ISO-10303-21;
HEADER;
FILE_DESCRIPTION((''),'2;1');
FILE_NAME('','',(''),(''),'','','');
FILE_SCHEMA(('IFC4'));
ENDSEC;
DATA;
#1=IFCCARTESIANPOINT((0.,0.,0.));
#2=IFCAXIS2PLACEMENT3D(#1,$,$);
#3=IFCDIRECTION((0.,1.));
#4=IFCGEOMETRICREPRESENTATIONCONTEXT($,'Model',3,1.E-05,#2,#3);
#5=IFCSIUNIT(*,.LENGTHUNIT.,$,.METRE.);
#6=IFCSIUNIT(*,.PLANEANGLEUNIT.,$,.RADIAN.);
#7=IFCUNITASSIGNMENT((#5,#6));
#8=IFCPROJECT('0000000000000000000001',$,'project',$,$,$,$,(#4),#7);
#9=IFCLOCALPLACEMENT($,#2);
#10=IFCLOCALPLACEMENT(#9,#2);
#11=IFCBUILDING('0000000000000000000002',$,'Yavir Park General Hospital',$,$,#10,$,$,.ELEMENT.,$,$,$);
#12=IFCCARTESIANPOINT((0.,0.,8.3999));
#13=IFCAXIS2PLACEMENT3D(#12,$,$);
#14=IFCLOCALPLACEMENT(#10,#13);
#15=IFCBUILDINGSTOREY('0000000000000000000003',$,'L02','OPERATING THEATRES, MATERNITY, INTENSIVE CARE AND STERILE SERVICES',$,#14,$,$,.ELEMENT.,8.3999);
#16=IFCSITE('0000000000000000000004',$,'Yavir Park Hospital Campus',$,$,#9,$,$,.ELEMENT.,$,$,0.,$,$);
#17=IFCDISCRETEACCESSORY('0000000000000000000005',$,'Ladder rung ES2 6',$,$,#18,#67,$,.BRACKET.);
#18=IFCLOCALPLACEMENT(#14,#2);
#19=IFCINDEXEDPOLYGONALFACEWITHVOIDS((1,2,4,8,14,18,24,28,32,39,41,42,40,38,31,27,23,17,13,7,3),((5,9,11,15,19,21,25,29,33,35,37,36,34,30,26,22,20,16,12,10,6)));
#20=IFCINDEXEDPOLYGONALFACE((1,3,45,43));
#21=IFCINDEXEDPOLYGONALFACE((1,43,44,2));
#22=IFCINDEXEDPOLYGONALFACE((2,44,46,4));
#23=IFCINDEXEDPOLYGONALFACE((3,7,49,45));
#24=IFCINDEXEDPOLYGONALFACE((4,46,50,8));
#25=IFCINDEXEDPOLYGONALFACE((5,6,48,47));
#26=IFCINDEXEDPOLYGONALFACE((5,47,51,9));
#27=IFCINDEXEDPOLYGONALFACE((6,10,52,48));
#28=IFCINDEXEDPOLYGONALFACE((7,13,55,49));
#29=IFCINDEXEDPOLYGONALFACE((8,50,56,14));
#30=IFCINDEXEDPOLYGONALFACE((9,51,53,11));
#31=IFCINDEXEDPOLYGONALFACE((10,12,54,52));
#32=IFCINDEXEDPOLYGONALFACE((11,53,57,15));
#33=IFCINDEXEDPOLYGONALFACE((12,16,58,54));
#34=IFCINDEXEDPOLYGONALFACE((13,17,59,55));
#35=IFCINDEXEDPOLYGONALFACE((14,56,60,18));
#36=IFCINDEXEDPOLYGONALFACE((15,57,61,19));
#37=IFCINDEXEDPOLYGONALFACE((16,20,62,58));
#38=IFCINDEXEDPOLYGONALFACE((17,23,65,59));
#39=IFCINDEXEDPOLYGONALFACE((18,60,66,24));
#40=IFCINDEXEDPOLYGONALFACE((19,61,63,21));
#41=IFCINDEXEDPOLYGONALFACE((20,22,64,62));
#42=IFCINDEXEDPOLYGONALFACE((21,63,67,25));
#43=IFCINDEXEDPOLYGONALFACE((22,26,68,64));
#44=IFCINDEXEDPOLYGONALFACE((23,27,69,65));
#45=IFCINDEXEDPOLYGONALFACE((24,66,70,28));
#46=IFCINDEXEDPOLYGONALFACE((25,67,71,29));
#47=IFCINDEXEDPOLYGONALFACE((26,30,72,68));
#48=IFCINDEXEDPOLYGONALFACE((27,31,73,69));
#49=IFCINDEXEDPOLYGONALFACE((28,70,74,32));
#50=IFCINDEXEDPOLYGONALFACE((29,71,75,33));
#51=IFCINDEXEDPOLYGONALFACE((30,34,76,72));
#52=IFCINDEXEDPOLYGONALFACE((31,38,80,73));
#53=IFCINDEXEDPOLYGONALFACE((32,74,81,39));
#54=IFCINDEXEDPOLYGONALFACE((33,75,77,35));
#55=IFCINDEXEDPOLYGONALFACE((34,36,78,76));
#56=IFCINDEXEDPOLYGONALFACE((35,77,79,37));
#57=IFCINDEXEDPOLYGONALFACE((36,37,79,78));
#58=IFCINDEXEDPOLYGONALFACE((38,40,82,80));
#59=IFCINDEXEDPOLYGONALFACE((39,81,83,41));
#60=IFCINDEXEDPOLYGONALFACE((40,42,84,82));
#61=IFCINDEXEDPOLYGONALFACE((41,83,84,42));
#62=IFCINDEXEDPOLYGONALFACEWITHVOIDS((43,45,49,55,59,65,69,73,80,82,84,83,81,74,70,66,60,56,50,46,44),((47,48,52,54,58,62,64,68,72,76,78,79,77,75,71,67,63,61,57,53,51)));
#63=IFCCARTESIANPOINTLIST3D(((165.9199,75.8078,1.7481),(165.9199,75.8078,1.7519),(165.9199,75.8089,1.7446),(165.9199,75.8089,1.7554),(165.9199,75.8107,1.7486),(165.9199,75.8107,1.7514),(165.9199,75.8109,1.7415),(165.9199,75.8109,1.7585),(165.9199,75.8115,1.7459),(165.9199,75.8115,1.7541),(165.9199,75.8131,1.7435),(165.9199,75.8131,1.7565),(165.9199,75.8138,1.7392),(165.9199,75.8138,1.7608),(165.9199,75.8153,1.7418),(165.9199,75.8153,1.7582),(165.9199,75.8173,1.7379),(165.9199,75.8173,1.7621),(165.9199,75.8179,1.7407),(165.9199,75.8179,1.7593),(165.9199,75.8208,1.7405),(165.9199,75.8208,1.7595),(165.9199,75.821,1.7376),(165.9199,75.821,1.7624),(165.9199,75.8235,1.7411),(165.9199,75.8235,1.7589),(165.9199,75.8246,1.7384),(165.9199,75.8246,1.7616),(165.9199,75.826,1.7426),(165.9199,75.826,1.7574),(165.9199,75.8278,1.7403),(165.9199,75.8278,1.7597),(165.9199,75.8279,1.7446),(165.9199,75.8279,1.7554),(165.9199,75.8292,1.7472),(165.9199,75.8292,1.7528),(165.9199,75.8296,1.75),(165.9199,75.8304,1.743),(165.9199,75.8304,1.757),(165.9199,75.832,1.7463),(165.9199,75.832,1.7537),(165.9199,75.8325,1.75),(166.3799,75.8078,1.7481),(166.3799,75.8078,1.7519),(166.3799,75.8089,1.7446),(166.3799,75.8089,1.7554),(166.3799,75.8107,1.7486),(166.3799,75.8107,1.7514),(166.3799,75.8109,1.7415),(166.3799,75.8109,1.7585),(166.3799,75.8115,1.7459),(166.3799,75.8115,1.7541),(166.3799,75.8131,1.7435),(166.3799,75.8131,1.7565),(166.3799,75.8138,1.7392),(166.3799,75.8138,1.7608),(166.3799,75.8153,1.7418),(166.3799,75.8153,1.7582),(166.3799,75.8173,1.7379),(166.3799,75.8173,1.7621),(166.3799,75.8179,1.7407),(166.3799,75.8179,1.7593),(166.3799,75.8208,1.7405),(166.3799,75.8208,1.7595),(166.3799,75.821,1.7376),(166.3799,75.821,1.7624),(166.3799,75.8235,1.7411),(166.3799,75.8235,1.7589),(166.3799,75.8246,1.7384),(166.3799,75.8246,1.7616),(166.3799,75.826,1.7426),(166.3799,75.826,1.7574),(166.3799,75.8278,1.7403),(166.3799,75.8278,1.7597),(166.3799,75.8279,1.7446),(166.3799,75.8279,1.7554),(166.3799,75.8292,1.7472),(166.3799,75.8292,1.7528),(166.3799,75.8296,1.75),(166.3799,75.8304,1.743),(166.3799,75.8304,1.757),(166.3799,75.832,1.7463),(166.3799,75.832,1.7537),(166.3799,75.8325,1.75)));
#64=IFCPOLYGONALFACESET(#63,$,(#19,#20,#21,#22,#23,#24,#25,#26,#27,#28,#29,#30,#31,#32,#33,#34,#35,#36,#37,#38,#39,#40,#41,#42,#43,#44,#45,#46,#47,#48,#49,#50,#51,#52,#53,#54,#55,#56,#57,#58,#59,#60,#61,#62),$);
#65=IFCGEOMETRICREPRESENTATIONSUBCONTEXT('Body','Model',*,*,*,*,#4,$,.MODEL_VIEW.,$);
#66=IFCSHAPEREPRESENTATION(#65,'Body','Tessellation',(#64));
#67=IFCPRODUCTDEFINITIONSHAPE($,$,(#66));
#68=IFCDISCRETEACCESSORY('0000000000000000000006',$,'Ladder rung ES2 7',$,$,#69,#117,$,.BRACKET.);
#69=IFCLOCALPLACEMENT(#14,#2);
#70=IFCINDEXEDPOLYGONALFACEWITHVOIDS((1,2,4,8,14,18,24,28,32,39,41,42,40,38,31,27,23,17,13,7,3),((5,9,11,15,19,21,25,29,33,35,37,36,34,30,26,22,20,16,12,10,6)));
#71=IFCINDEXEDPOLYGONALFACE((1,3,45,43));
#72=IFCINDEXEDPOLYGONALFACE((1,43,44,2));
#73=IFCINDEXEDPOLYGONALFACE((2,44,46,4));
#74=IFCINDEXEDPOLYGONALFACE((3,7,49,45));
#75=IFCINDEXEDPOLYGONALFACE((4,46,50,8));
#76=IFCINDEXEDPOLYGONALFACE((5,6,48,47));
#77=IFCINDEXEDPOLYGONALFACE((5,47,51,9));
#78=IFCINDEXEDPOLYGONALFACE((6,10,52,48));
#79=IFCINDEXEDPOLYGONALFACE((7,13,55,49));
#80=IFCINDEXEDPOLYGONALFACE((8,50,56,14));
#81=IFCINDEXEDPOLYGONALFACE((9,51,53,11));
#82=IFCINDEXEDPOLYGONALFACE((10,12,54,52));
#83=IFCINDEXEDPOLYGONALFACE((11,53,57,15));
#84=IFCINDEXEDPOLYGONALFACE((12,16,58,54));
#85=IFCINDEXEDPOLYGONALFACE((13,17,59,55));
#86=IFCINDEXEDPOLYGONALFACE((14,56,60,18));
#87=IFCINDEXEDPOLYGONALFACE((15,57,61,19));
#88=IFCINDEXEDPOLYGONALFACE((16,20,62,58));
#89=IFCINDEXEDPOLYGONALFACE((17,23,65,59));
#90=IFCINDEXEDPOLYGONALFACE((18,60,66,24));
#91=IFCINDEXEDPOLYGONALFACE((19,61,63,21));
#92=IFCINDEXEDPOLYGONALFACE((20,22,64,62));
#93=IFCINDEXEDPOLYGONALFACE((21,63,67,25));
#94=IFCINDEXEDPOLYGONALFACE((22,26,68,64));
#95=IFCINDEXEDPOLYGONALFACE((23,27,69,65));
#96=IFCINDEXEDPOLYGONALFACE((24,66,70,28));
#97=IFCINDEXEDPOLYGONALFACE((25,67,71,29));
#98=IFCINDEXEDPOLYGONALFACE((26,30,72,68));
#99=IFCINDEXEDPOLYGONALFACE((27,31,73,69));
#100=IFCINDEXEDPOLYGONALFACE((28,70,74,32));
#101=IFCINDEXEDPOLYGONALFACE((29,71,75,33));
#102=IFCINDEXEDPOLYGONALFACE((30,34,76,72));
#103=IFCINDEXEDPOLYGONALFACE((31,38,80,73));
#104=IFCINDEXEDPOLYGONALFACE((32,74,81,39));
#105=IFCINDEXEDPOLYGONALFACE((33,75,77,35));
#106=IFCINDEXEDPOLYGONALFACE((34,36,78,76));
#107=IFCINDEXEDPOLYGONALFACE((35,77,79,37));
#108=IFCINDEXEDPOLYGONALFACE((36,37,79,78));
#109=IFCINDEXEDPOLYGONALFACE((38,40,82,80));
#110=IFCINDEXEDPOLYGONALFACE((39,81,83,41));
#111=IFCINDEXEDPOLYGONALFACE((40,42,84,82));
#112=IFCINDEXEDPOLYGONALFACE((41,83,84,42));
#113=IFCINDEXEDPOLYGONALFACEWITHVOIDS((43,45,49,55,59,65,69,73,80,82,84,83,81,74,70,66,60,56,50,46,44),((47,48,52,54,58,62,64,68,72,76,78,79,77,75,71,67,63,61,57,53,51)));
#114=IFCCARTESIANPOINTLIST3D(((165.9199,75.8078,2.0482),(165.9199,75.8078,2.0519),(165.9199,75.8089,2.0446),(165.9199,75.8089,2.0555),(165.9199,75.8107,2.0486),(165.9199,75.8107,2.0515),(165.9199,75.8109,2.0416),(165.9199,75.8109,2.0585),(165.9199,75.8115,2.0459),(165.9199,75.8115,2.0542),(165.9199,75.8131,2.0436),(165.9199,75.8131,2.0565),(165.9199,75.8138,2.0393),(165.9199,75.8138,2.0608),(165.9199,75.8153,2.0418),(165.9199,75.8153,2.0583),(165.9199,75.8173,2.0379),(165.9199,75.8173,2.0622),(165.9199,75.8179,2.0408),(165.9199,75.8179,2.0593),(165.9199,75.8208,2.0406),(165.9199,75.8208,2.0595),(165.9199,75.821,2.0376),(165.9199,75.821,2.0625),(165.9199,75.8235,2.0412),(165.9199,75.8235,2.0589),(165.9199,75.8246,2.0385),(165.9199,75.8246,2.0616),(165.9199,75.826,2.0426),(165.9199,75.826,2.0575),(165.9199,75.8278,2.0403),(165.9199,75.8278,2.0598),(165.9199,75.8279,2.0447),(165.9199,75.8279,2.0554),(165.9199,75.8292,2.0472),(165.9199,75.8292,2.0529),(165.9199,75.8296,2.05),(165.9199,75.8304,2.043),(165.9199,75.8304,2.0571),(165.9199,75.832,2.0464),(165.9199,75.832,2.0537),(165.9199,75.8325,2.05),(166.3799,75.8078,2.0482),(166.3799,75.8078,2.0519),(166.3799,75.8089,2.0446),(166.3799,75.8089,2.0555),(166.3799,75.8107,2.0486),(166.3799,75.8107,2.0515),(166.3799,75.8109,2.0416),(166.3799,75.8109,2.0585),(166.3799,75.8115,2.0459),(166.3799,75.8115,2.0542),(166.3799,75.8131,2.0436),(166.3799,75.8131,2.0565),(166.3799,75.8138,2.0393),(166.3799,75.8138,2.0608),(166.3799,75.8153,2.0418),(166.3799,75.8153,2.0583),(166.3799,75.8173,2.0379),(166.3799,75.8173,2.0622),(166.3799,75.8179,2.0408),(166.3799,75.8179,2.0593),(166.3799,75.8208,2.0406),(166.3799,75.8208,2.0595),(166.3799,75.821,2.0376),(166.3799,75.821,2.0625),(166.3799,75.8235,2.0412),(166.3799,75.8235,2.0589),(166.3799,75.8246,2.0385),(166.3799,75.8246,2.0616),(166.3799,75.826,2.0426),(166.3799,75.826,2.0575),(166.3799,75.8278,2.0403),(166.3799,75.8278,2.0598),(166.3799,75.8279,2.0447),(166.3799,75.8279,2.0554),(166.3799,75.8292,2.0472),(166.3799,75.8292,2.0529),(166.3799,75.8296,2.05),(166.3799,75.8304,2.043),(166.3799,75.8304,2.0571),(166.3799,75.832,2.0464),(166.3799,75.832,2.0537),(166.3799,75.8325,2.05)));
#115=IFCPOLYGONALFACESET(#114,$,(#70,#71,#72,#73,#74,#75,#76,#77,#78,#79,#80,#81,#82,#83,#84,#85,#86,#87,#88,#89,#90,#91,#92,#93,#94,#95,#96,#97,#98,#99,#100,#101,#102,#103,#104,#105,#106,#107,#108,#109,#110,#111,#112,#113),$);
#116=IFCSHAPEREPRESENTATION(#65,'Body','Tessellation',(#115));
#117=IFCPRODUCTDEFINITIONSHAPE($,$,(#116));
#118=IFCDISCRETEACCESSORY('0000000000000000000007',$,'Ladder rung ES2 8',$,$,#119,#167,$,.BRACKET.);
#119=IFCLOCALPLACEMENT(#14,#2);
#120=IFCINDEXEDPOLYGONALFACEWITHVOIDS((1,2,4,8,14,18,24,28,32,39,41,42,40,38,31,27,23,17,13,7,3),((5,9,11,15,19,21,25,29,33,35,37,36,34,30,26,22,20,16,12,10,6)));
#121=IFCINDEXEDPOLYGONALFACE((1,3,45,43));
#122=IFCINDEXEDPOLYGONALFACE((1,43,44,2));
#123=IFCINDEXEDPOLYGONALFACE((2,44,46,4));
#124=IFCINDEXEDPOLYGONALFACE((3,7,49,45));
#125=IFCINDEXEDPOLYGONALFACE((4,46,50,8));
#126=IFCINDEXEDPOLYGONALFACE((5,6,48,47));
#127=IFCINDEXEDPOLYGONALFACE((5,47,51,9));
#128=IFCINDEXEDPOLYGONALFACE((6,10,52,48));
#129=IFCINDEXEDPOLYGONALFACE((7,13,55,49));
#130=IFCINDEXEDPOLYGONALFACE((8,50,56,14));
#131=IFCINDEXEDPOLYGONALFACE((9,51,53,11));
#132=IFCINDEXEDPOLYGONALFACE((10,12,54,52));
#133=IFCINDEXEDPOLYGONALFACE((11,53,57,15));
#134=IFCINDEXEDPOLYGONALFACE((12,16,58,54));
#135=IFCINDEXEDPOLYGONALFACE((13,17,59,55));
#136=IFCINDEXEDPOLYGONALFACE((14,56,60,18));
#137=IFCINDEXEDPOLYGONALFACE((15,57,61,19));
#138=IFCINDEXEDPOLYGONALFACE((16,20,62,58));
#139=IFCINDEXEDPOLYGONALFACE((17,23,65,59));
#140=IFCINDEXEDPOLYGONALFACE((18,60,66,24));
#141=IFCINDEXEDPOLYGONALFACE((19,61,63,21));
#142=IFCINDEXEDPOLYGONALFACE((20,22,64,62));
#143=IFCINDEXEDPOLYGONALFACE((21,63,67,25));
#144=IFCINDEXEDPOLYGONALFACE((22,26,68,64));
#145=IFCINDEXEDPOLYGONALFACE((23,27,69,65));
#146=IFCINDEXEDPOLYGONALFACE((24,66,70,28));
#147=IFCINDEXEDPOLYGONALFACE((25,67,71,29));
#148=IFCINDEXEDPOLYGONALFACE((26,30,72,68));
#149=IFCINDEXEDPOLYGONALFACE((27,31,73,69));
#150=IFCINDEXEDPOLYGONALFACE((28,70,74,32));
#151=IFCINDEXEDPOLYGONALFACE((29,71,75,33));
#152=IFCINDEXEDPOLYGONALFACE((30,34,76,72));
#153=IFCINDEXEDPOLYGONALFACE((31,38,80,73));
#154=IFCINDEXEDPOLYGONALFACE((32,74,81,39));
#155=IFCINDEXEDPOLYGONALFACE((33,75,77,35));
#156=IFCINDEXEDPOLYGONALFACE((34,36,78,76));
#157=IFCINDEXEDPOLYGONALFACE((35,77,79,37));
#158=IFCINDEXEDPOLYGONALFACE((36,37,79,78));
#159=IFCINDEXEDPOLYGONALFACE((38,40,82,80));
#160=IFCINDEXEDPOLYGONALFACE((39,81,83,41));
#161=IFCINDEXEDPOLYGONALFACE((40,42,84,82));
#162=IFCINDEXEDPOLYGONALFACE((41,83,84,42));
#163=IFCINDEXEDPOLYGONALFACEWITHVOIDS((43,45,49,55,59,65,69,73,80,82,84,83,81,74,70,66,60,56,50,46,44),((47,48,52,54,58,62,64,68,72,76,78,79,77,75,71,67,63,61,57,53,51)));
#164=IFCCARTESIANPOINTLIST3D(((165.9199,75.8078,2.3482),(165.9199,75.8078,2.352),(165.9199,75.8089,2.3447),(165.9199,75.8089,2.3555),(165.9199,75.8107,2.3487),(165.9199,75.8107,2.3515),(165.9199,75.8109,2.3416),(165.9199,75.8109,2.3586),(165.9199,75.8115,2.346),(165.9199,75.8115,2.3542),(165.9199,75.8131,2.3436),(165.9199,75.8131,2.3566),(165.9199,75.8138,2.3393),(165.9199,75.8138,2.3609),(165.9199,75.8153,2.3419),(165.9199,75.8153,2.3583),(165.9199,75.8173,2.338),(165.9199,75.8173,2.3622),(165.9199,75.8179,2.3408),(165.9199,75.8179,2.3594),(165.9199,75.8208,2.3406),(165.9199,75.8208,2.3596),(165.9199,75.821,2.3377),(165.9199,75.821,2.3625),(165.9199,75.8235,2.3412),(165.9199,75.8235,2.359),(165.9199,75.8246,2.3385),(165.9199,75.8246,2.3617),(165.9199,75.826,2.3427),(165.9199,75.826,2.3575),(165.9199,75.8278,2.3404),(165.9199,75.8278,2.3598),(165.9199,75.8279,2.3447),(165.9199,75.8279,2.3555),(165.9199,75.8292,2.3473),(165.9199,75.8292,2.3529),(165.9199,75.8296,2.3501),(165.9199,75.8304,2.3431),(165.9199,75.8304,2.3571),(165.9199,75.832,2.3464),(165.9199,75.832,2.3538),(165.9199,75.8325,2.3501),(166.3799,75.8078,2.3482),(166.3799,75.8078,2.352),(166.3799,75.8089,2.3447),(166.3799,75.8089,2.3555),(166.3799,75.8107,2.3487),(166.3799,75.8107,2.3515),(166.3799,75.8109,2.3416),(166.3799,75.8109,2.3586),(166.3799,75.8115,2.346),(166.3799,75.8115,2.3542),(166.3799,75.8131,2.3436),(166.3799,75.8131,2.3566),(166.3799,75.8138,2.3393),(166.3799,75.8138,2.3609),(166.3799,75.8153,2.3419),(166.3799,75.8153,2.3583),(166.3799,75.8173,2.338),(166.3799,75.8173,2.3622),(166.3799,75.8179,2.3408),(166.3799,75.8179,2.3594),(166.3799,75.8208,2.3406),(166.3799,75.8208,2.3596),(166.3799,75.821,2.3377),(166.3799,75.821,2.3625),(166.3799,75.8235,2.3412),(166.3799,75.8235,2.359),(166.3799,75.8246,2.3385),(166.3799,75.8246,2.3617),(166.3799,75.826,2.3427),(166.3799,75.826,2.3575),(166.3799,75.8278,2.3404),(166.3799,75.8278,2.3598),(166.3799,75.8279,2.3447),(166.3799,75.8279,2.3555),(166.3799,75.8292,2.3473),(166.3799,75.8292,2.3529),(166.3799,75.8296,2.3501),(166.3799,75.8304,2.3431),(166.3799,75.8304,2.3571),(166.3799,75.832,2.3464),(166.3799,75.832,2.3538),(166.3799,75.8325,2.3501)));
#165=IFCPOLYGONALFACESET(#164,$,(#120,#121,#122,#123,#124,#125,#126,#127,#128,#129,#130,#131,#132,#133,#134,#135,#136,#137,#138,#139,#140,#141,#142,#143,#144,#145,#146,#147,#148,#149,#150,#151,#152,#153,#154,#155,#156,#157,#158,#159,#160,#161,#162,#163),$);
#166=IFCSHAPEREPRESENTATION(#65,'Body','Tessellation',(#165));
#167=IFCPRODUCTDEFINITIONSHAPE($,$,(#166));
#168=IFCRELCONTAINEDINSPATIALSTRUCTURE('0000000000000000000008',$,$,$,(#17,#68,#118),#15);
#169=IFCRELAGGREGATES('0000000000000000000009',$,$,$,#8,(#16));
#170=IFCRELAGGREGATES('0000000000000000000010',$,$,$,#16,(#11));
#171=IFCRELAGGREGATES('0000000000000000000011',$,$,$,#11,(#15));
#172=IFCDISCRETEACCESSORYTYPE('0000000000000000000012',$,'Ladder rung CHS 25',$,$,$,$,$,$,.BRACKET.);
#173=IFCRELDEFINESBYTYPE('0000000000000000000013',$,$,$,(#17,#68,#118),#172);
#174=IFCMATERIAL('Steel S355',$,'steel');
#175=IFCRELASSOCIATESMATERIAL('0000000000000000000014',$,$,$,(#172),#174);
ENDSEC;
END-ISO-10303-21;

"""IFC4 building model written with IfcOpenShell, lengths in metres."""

from ifc_helpers import new_model, si_unit, direction, frame, origin, origin_2d, place, context, subcontext, project, spatial, hollow_circle, extrude, material, material_profile, profile_set, type_object, element, save


model = new_model("IFC4")

# Units and contexts
model_context = context("Model", 3, precision=1e-05, world=origin(), true_north=direction((0.0, 1.0)))
body_context = subcontext(model_context, "Body", "Model", "MODEL_VIEW")
ifc_project = project(units=[si_unit("LENGTHUNIT", "METRE"), si_unit("PLANEANGLEUNIT", "RADIAN")], contexts=[model_context])

# Site, building, storey
site_placement = place(None, origin())
site = spatial("IfcSite", under=ifc_project, at=site_placement, Name="Yavir Park Hospital Campus", CompositionType="ELEMENT", RefElevation=0.0)
building_placement = place(site_placement, origin())
building = spatial("IfcBuilding", under=site, at=building_placement, Name="Yavir Park General Hospital", CompositionType="ELEMENT")
storey_placement = place(building_placement, frame((0.0, 0.0, 8.3999)))
storey = spatial("IfcBuildingStorey", under=building, at=storey_placement, Name="L02", Description="OPERATING THEATRES, MATERNITY, INTENSIVE CARE AND STERILE SERVICES", CompositionType="ELEMENT", Elevation=8.3999)

# Discrete accessories
ifc_material_1 = material(Name="Steel S355", Category="steel")
ifc_material_profile_1 = material_profile(ifc_material_1, hollow_circle(Radius=0.0125, WallThickness=0.0029, at=origin_2d()), Name="CHS25x3")
ifc_profile_set_1 = profile_set([ifc_material_profile_1], Name="Steel S355")
discrete_accessory_type_1 = type_object("IfcDiscreteAccessoryType", Name="Ladder rung CHS 25", PredefinedType="BRACKET", material=ifc_profile_set_1)
for number, where, z_axis, x_axis, name in (
    (1, (165.9199, 75.8201, 1.75), (1.0, 0.0, 0.0), (0.0, 1.0, 0.0), "Ladder rung ES2 6"),
    (2, (165.9199, 75.8201, 2.05), (1.0, 0.0, 0.0), (0.0, 1.0, 0.0), "Ladder rung ES2 7"),
    (3, (165.9199, 75.8201, 2.3501), (1.0, 0.0, 0.0), (0.0, 1.0, 0.0), "Ladder rung ES2 8"),
):
    element("IfcDiscreteAccessory", number, at=place(storey_placement, frame(where, z_axis=z_axis, x_axis=x_axis)), inside=storey, type_object=discrete_accessory_type_1, Name=name, PredefinedType="BRACKET", context=body_context, shape_type="SweptSolid", body=[
        extrude(hollow_circle(Radius=0.0125, WallThickness=0.0029, at=origin_2d()), origin(), (0.0, 0.0, 1.0), 0.46),
    ])

save(model, "model.ifc")
